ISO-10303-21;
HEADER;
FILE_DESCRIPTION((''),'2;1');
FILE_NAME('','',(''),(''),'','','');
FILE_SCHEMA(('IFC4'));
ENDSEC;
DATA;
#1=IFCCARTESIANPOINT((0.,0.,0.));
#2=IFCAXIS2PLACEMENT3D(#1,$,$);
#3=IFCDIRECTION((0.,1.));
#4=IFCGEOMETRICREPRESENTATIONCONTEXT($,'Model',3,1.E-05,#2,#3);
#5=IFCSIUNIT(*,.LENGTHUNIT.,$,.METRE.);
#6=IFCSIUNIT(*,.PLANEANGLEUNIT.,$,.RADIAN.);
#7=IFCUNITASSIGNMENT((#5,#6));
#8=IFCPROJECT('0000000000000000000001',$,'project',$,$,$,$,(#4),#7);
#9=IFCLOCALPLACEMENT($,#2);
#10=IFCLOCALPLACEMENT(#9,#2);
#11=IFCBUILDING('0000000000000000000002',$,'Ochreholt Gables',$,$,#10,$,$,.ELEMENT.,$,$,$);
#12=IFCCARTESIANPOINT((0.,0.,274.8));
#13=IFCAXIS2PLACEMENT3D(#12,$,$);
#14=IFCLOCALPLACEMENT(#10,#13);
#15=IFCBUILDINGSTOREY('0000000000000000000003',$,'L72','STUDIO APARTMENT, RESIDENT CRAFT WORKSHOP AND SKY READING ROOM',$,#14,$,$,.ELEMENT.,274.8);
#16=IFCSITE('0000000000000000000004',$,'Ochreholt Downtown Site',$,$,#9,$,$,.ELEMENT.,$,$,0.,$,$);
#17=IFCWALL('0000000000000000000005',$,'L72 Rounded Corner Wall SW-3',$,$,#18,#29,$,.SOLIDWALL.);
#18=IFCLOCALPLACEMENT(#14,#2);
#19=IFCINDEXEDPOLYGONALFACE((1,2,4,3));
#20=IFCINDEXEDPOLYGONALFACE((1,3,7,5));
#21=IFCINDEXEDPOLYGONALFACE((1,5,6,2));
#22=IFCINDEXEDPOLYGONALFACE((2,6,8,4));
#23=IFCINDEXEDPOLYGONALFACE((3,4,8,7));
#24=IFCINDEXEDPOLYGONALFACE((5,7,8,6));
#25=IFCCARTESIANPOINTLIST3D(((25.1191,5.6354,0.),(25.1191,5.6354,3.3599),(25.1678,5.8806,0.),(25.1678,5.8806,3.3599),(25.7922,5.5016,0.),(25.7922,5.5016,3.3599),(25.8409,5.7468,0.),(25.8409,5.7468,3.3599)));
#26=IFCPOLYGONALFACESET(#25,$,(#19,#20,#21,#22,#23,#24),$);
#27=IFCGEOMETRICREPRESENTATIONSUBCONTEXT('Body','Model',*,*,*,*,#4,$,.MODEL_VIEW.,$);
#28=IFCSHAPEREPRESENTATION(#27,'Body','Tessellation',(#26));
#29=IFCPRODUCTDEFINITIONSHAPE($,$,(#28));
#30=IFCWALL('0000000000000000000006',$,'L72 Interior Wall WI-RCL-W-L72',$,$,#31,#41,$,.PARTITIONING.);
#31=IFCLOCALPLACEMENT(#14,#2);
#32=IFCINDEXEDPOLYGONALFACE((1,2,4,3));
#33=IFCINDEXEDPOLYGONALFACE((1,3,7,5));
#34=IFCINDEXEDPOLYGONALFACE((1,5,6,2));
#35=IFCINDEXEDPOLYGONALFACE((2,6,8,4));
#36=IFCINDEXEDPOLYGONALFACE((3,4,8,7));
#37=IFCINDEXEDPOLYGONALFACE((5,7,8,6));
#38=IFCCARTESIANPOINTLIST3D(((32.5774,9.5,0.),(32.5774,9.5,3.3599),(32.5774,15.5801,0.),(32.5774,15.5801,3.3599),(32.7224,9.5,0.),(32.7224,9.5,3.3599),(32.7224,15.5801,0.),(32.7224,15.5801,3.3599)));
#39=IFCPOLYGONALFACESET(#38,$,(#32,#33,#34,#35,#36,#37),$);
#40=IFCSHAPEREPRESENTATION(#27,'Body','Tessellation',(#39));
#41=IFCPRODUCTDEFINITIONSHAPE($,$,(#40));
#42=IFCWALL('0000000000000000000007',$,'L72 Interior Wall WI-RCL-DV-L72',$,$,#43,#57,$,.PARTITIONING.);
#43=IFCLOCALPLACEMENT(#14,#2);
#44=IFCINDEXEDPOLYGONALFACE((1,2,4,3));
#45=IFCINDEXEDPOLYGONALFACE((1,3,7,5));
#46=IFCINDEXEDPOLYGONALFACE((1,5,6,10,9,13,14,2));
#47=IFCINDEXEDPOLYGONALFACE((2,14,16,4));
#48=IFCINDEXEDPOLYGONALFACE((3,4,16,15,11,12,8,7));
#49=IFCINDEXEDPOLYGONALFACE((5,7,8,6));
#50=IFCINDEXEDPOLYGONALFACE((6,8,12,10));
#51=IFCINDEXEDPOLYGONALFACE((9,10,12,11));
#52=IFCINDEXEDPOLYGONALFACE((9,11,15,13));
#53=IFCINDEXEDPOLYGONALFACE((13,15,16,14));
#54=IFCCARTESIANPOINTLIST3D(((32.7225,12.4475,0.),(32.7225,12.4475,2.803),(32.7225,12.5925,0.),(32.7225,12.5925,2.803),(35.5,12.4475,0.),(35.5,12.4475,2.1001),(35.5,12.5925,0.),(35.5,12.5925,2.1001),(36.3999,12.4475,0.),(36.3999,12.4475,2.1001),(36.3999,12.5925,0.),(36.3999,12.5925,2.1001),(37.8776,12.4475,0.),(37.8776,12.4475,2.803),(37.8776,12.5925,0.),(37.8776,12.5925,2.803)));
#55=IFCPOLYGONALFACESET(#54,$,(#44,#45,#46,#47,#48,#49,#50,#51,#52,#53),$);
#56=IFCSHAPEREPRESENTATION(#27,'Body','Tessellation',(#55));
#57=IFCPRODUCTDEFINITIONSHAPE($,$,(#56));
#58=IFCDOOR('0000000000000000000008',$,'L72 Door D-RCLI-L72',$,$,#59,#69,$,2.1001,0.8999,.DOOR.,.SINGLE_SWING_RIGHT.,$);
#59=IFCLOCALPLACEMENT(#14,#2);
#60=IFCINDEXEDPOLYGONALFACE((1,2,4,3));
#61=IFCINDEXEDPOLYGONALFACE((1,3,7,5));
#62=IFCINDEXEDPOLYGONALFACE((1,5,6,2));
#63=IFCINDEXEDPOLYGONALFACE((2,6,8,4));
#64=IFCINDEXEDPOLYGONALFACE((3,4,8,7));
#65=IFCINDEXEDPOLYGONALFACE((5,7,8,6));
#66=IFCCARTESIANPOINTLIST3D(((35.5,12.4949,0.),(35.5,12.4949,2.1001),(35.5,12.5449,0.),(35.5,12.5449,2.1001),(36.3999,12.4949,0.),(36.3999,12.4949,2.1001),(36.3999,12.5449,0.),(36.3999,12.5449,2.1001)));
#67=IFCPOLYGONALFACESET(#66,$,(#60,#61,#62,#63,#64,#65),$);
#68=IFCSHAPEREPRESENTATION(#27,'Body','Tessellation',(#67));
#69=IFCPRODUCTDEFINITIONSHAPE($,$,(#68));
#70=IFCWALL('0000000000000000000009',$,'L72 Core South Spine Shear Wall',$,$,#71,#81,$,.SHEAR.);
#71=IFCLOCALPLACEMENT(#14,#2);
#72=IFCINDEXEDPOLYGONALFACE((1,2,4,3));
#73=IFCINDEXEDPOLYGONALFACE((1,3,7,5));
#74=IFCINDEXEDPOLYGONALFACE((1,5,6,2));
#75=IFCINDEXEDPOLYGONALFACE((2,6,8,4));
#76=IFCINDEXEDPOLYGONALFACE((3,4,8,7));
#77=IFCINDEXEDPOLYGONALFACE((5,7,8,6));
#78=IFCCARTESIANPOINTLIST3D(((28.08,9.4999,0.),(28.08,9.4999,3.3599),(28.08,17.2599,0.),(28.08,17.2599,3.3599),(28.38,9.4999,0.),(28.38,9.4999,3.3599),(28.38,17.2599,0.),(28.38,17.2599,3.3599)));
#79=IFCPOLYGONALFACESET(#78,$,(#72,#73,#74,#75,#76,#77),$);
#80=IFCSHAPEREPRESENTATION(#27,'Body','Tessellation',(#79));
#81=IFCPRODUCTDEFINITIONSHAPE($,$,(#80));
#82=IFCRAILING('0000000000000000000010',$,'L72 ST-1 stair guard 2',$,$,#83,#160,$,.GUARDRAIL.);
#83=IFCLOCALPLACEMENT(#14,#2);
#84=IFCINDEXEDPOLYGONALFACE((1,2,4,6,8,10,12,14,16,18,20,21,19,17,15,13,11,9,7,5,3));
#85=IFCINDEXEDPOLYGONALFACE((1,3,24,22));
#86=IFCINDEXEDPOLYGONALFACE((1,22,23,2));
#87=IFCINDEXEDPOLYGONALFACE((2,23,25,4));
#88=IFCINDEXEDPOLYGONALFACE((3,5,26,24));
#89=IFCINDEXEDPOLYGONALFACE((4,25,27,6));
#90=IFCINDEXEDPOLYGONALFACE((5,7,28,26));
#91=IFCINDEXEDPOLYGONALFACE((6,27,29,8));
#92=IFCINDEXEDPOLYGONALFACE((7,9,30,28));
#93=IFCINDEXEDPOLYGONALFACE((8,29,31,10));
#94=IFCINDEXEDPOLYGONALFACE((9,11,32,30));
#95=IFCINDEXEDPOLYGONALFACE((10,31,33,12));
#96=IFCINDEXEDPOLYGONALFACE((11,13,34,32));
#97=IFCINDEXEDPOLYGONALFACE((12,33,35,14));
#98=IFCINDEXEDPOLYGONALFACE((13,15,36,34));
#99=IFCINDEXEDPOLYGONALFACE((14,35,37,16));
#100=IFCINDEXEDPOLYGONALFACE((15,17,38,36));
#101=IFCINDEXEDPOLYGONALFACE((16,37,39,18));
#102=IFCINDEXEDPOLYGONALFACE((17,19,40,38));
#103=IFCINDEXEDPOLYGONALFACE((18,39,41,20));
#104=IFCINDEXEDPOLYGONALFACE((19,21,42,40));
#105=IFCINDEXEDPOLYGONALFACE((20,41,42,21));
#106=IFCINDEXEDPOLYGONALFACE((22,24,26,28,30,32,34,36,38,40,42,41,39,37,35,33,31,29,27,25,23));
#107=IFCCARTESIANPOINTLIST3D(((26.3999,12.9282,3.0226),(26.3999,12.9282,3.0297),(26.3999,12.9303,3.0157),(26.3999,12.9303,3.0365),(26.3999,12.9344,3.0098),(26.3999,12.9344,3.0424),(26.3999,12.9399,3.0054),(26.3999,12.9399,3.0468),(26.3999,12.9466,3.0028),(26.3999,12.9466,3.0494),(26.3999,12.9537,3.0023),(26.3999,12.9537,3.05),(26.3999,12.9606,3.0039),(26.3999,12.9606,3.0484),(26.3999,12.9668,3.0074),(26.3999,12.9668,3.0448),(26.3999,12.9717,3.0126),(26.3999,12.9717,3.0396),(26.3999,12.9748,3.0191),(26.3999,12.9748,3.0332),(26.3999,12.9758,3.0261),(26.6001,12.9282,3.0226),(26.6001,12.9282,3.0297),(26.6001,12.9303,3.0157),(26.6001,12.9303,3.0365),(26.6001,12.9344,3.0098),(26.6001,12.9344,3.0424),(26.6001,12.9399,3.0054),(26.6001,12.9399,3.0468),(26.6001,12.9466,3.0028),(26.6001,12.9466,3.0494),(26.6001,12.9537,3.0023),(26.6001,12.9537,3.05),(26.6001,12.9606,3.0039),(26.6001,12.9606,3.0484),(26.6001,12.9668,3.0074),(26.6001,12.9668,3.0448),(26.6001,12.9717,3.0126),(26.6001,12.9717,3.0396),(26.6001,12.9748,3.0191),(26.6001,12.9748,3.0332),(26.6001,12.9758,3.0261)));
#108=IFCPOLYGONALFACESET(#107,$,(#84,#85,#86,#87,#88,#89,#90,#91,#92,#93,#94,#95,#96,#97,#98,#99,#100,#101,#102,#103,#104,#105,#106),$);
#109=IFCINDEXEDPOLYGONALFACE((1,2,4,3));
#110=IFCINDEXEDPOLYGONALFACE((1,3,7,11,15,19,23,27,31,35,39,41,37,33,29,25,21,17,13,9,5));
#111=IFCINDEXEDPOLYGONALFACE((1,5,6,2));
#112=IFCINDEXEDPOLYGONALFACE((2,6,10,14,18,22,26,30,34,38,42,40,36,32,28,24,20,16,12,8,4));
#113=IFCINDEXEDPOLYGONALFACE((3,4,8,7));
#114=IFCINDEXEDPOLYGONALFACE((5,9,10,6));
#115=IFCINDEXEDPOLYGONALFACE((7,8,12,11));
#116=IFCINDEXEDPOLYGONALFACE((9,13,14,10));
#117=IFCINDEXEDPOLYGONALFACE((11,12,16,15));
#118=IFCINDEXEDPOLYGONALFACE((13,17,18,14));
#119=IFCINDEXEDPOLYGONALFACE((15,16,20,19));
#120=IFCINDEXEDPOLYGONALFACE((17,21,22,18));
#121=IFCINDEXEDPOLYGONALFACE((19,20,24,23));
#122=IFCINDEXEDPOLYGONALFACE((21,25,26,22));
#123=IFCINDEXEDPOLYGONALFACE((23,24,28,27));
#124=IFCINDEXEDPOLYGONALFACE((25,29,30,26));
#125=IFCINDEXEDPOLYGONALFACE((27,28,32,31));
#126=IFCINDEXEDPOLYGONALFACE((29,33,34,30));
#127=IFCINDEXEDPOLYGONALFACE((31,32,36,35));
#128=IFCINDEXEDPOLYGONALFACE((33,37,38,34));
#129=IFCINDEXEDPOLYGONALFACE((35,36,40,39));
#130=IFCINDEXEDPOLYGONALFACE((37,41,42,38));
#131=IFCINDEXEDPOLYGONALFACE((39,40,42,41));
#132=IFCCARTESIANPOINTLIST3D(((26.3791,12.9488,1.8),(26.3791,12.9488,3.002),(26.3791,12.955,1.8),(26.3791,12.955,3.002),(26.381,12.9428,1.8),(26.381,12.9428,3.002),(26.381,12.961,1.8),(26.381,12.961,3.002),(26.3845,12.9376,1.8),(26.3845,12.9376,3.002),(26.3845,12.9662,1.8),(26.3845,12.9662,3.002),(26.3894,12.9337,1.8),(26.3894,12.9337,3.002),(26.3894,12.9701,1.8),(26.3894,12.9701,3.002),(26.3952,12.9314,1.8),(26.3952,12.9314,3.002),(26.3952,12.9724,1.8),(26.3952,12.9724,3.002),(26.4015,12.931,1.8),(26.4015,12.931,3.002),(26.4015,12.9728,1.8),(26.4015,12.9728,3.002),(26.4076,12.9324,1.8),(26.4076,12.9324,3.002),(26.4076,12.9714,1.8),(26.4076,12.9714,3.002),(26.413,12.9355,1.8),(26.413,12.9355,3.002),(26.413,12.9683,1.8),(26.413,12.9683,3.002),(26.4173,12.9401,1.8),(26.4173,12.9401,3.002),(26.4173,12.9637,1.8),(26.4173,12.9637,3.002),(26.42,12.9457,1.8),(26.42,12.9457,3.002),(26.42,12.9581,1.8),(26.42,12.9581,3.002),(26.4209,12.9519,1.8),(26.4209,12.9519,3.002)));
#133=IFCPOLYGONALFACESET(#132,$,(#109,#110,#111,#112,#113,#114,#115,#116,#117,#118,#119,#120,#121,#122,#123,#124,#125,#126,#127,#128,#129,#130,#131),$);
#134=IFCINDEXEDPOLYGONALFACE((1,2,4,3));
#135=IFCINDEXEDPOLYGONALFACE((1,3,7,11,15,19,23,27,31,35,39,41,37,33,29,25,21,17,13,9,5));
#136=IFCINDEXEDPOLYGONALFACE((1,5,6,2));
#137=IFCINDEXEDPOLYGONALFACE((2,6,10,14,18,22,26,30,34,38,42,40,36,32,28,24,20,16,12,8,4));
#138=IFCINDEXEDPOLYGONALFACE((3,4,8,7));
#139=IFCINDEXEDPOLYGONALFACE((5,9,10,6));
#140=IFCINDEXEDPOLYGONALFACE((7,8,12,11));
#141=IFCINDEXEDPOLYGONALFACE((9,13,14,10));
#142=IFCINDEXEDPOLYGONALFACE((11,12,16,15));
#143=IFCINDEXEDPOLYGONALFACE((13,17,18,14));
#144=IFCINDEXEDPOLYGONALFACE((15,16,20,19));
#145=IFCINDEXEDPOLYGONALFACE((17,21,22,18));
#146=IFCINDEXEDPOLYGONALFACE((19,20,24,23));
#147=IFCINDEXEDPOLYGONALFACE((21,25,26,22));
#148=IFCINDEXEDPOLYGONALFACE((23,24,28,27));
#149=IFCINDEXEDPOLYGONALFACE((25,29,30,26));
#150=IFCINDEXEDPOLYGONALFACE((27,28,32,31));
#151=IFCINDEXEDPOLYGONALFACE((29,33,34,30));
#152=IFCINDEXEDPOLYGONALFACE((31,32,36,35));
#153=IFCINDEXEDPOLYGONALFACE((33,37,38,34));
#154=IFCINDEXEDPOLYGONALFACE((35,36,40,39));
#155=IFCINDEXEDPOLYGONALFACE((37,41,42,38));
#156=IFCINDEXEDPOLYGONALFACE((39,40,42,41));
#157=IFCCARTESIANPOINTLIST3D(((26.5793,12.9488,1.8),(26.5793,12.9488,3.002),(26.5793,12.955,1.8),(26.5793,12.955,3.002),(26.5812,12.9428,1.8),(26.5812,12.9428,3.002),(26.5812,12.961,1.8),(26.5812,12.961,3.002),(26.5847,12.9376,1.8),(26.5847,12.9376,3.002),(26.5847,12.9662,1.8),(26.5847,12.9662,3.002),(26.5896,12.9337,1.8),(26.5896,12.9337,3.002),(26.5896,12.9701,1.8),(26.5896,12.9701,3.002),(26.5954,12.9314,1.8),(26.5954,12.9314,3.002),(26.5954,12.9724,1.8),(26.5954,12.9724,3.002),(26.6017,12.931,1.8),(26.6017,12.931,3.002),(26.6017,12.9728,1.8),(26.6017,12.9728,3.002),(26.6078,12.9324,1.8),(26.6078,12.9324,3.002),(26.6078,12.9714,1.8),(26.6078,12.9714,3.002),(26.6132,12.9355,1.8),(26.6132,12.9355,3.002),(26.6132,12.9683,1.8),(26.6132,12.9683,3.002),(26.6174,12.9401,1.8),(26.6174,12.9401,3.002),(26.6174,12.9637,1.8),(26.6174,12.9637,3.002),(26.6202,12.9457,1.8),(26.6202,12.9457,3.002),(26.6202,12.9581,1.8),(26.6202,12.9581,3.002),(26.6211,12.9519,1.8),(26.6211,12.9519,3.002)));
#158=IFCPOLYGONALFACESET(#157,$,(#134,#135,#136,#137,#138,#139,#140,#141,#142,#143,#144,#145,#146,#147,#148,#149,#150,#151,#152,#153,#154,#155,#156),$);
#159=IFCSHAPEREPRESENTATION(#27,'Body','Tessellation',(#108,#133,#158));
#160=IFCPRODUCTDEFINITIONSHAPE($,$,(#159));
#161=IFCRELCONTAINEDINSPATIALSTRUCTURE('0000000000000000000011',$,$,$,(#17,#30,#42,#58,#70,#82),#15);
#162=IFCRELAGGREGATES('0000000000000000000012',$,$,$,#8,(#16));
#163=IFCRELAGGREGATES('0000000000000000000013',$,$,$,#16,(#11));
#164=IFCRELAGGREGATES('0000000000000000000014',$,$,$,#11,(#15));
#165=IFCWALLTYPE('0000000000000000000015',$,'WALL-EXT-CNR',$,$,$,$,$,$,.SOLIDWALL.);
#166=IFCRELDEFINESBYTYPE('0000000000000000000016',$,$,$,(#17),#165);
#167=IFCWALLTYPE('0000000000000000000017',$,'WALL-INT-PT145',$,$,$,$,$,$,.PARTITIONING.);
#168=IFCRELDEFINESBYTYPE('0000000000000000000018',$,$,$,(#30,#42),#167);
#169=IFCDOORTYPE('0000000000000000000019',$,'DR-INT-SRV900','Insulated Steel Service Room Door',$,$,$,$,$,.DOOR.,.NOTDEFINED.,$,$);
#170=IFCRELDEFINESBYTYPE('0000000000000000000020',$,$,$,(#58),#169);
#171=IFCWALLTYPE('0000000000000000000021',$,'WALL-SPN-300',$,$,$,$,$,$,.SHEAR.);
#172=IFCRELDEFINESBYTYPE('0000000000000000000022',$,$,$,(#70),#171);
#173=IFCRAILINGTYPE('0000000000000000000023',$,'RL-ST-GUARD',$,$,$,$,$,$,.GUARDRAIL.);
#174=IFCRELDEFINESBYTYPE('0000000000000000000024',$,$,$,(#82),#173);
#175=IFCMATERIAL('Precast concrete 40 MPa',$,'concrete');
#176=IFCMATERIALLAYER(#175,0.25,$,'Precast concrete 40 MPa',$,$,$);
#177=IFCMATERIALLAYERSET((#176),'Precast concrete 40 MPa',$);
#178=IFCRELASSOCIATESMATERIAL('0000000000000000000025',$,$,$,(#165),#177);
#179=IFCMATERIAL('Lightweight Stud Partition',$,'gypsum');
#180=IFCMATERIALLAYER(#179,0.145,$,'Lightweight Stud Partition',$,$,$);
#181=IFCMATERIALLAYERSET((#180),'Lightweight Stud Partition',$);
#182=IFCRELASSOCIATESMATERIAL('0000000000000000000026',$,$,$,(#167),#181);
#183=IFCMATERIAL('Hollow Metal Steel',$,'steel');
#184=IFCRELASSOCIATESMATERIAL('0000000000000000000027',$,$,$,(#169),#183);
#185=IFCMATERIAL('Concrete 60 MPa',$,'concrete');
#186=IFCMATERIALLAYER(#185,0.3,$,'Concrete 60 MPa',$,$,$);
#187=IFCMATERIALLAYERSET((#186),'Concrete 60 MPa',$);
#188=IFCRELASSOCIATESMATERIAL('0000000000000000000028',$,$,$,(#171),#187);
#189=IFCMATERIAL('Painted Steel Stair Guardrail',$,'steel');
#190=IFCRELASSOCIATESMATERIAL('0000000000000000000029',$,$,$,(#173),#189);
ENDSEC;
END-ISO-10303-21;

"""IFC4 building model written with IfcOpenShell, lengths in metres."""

from ifc_helpers import new_model, si_unit, direction, frame, frame_2d, origin, origin_2d, place, context, subcontext, project, spatial, rectangle, circle, extrude, material, layer, layer_set, type_object, element, fill, save


model = new_model("IFC4")

# Units and contexts
model_context = context("Model", 3, precision=1e-05, world=origin(), true_north=direction((0.0, 1.0)))
body_context = subcontext(model_context, "Body", "Model", "MODEL_VIEW")
ifc_project = project(units=[si_unit("LENGTHUNIT", "METRE"), si_unit("PLANEANGLEUNIT", "RADIAN")], contexts=[model_context])

# Site, building, storey
site_placement = place(None, origin())
site = spatial("IfcSite", under=ifc_project, at=site_placement, Name="Ochreholt Downtown Site", CompositionType="ELEMENT", RefElevation=0.0)
building_placement = place(site_placement, origin())
building = spatial("IfcBuilding", under=site, at=building_placement, Name="Ochreholt Gables", CompositionType="ELEMENT")
storey_placement = place(building_placement, frame((0.0, 0.0, 274.8)))
storey = spatial("IfcBuildingStorey", under=building, at=storey_placement, Name="L72", Description="STUDIO APARTMENT, RESIDENT CRAFT WORKSHOP AND SKY READING ROOM", CompositionType="ELEMENT", Elevation=274.8)

# Shared definitions
ifc_material_1 = material(Name="Precast concrete 40 MPa", Category="concrete")

# Walls
ifc_layer_1 = layer(ifc_material_1, 0.25, Name="Precast concrete 40 MPa")
ifc_layer_set_1 = layer_set([ifc_layer_1], Name="Precast concrete 40 MPa")
wall_type_1 = type_object("IfcWallType", Name="WALL-EXT-CNR", PredefinedType="SOLIDWALL", material=ifc_layer_set_1)
wall_1_placement = place(storey_placement, frame((25.1433, 5.7581, 0.0), z_axis=(0.0, 0.0, 1.0), x_axis=(0.980813, -0.194953, 0.0)))
element("IfcWall", 1, at=wall_1_placement, inside=storey, type_object=wall_type_1, Name="L72 Rounded Corner Wall SW-3", PredefinedType="SOLIDWALL", context=body_context, shape_type="SweptSolid", body=[
    extrude(rectangle(XDim=0.6863, YDim=0.25, at=frame_2d((0.3433, 0.0))), origin(), (0.0, 0.0, 1.0), 3.3599),
])
ifc_material_2 = material(Name="Lightweight Stud Partition", Category="gypsum")
ifc_layer_2 = layer(ifc_material_2, 0.145, Name="Lightweight Stud Partition")
ifc_layer_set_2 = layer_set([ifc_layer_2], Name="Lightweight Stud Partition")
wall_type_2 = type_object("IfcWallType", Name="WALL-INT-PT145", PredefinedType="PARTITIONING", material=ifc_layer_set_2)
wall_2_placement = place(storey_placement, frame((32.6499, 9.5, 0.0), z_axis=(0.0, 0.0, 1.0), x_axis=(0.0, 1.0, 0.0)))
element("IfcWall", 2, at=wall_2_placement, inside=storey, type_object=wall_type_2, Name="L72 Interior Wall WI-RCL-W-L72", PredefinedType="PARTITIONING", context=body_context, shape_type="SweptSolid", body=[
    extrude(rectangle(XDim=6.0801, YDim=0.145, at=frame_2d((3.04, 0.0))), origin(), (0.0, 0.0, 1.0), 3.3599),
])

# Wall, opening, door
wall_3_placement = place(storey_placement, frame((32.7224, 12.52, 0.0), z_axis=(0.0, 0.0, 1.0), x_axis=(1.0, 0.0, 0.0)))
wall_3 = element("IfcWall", 3, at=wall_3_placement, inside=storey, type_object=wall_type_2, Name="L72 Interior Wall WI-RCL-DV-L72", PredefinedType="PARTITIONING", context=body_context, shape_type="SweptSolid", body=[
    extrude(rectangle(XDim=5.155, YDim=0.145, at=frame_2d((2.5776, 0.0))), origin(), (0.0, 0.0, 1.0), 2.803),
])
opening_1_placement = place(wall_3_placement, frame((2.7776, 0.0, 0.0)))
opening_1 = element("IfcOpeningElement", 4, at=opening_1_placement, cuts=wall_3, PredefinedType="OPENING", context=body_context, shape_type="SweptSolid", body=[
    extrude(rectangle(XDim=0.8999, YDim=2.1001, at=frame_2d((0.45, 1.05))), frame((0.0, 0.0825, 0.0), z_axis=(0.0, -1.0, 0.0), x_axis=(1.0, 0.0, 0.0)), (0.0, 0.0, 1.0), 0.165),
])
ifc_material_3 = material(Name="Hollow Metal Steel", Category="steel")
door_type = type_object("IfcDoorType", Name="DR-INT-SRV900", Description="Insulated Steel Service Room Door", OperationType="NOTDEFINED", PredefinedType="DOOR", material=ifc_material_3)
door_placement = place(opening_1_placement, origin())
door = element("IfcDoor", 5, at=door_placement, inside=storey, type_object=door_type, Name="L72 Door D-RCLI-L72", OperationType="SINGLE_SWING_RIGHT", OverallHeight=2.1001, OverallWidth=0.8999, PredefinedType="DOOR", context=body_context, shape_type="SweptSolid", body=[
    extrude(rectangle(XDim=0.8999, YDim=2.1001, at=frame_2d((0.45, 1.05))), frame((0.0, 0.0249, 0.0), z_axis=(0.0, -1.0, 0.0), x_axis=(1.0, 0.0, 0.0)), (0.0, 0.0, 1.0), 0.05),
])
fill(opening_1, door)

# Wall
ifc_material_4 = material(Name="Concrete 60 MPa", Category="concrete")
ifc_layer_3 = layer(ifc_material_4, 0.3, Name="Concrete 60 MPa")
ifc_layer_set_3 = layer_set([ifc_layer_3], Name="Concrete 60 MPa")
wall_type_3 = type_object("IfcWallType", Name="WALL-SPN-300", PredefinedType="SHEAR", material=ifc_layer_set_3)
wall_4_placement = place(storey_placement, frame((28.23, 9.5, 0.0), z_axis=(0.0, 0.0, 1.0), x_axis=(0.0, 1.0, 0.0)))
element("IfcWall", 6, at=wall_4_placement, inside=storey, type_object=wall_type_3, Name="L72 Core South Spine Shear Wall", PredefinedType="SHEAR", context=body_context, shape_type="SweptSolid", body=[
    extrude(rectangle(XDim=7.76, YDim=0.3, at=frame_2d((3.8799, 0.0))), origin(), (0.0, 0.0, 1.0), 3.3599),
])

# Railing
ifc_material_5 = material(Name="Painted Steel Stair Guardrail", Category="steel")
railing_type = type_object("IfcRailingType", Name="RL-ST-GUARD", PredefinedType="GUARDRAIL", material=ifc_material_5)
railing_1_placement = place(storey_placement, frame((26.3999, 12.9519, 1.8)))
element("IfcRailing", 7, at=railing_1_placement, inside=storey, type_object=railing_type, Name="L72 ST-1 stair guard 2", PredefinedType="GUARDRAIL", context=body_context, shape_type="SweptSolid", body=[
    extrude(circle(Radius=0.0239, at=origin_2d()), frame((0.0, 0.0, 1.2261), z_axis=(1.0, 0.0, 0.0), x_axis=(0.0, 1.0, 0.0)), (0.0, 0.0, 1.0), 0.2002),
    extrude(circle(Radius=0.021, at=origin_2d()), origin(), (0.0, 0.0, 1.0), 1.2019),
    extrude(circle(Radius=0.021, at=origin_2d()), frame((0.2002, 0.0, 0.0)), (0.0, 0.0, 1.0), 1.2019),
])

save(model, "model.ifc")
